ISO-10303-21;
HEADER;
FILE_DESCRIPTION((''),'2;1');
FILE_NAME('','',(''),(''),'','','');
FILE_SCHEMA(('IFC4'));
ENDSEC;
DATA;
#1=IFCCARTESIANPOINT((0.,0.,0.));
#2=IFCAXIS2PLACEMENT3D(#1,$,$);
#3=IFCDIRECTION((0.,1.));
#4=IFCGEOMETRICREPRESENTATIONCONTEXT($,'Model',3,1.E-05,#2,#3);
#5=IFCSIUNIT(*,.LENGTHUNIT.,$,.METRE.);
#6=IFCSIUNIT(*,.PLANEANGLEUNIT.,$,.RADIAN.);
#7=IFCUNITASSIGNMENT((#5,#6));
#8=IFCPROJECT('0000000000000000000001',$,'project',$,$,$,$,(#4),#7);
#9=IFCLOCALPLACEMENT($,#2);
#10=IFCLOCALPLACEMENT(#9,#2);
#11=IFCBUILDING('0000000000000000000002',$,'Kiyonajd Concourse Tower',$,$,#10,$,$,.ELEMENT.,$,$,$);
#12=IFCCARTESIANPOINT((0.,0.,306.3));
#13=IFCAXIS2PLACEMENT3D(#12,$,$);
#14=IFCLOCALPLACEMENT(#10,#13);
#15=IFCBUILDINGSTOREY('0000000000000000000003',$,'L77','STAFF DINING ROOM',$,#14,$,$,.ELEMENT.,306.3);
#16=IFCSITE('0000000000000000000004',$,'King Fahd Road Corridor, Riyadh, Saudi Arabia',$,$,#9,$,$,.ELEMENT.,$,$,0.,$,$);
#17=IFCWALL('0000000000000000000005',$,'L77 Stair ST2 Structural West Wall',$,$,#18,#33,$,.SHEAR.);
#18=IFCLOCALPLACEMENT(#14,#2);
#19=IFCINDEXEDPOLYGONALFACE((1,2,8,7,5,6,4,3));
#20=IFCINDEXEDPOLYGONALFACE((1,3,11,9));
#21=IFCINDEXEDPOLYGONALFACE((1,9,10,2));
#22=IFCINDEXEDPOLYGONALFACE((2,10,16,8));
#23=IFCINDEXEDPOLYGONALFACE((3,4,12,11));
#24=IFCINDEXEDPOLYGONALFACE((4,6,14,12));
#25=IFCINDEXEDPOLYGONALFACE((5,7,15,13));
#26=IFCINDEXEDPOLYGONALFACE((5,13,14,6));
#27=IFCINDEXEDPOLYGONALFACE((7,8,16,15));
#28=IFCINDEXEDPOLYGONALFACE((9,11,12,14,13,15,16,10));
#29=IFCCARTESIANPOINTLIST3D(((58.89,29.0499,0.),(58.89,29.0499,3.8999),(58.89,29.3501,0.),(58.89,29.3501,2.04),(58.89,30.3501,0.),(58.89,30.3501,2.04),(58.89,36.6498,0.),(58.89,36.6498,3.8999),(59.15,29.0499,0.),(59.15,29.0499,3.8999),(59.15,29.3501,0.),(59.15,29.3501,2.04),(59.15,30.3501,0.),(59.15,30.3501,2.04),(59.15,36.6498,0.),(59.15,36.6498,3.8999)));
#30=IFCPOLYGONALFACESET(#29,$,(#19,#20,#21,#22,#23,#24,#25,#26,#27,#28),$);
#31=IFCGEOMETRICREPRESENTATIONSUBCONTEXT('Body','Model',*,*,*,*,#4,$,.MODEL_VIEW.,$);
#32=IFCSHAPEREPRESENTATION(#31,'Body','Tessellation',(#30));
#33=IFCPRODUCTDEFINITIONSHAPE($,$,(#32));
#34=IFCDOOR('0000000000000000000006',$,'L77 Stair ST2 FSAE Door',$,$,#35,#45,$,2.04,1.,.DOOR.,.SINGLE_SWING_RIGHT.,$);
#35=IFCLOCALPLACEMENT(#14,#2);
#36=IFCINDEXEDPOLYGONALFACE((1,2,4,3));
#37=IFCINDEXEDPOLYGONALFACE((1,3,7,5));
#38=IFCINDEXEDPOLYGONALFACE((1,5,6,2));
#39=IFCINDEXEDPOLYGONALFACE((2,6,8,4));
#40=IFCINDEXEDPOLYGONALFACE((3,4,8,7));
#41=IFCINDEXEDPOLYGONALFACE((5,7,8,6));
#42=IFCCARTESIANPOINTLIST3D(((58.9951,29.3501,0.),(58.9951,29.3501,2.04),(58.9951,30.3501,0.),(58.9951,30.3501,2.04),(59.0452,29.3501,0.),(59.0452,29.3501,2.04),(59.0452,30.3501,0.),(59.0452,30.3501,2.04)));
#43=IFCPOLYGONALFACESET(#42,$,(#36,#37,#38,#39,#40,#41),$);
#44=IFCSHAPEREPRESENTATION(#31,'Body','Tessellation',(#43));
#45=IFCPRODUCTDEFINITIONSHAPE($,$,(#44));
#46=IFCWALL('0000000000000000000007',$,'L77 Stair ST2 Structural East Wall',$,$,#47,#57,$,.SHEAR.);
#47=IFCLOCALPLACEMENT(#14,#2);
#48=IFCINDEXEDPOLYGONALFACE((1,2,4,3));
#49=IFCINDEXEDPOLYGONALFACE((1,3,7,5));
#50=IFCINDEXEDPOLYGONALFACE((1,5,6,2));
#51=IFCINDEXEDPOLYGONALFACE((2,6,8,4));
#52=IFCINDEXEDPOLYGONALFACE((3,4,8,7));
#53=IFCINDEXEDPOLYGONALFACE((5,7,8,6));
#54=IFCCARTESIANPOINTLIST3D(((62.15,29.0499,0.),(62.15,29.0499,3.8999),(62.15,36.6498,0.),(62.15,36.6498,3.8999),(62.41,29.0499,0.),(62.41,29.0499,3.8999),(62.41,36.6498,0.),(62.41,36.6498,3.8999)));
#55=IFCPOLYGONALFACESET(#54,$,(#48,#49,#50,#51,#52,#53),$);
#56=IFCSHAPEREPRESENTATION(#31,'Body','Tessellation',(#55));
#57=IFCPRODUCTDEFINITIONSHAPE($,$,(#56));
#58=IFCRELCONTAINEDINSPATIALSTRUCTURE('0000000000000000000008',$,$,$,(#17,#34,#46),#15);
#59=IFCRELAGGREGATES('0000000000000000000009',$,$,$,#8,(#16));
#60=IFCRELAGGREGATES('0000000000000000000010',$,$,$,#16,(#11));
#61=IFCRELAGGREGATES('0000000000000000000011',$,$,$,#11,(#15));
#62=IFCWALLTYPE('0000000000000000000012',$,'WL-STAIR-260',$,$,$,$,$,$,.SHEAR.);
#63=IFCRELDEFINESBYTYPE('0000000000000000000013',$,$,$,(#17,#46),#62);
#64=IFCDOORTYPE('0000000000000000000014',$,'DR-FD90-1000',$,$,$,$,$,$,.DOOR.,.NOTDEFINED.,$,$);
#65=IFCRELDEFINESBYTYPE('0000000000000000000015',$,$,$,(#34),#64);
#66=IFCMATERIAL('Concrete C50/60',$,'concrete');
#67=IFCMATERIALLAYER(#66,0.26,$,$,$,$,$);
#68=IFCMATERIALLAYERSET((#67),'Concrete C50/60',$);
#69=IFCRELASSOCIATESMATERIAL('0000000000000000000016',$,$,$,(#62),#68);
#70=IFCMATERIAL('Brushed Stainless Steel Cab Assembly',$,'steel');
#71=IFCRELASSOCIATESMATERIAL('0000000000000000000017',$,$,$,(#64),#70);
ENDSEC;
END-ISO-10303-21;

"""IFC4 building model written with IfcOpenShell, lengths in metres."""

from ifc_helpers import new_model, si_unit, direction, frame, frame_2d, origin, place, context, subcontext, project, spatial, rectangle, extrude, material, layer, layer_set, type_object, element, fill, save


model = new_model("IFC4")

# Units and contexts
model_context = context("Model", 3, precision=1e-05, world=origin(), true_north=direction((0.0, 1.0)))
body_context = subcontext(model_context, "Body", "Model", "MODEL_VIEW")
ifc_project = project(units=[si_unit("LENGTHUNIT", "METRE"), si_unit("PLANEANGLEUNIT", "RADIAN")], contexts=[model_context])

# Site, building, storey
site_placement = place(None, origin())
site = spatial("IfcSite", under=ifc_project, at=site_placement, Name="King Fahd Road Corridor, Riyadh, Saudi Arabia", CompositionType="ELEMENT", RefElevation=0.0)
building_placement = place(site_placement, origin())
building = spatial("IfcBuilding", under=site, at=building_placement, Name="Kiyonajd Concourse Tower", CompositionType="ELEMENT")
storey_placement = place(building_placement, frame((0.0, 0.0, 306.3)))
storey = spatial("IfcBuildingStorey", under=building, at=storey_placement, Name="L77", Description="STAFF DINING ROOM", CompositionType="ELEMENT", Elevation=306.3)

# Shared definitions
ifc_material_1 = material(Name="Concrete C50/60", Category="concrete")
ifc_layer_1 = layer(ifc_material_1, 0.26)
ifc_layer_set_1 = layer_set([ifc_layer_1], Name="Concrete C50/60")
wall_type_1 = type_object("IfcWallType", Name="WL-STAIR-260", PredefinedType="SHEAR", material=ifc_layer_set_1)

# Wall, opening, door
wall_1_placement = place(storey_placement, frame((59.02, 29.05, 0.0), z_axis=(0.0, 0.0, 1.0), x_axis=(0.0, 1.0, 0.0)))
wall_1 = element("IfcWall", 1, at=wall_1_placement, inside=storey, type_object=wall_type_1, Name="L77 Stair ST2 Structural West Wall", PredefinedType="SHEAR", context=body_context, shape_type="SweptSolid", body=[
    extrude(rectangle(XDim=7.5999, YDim=0.26, at=frame_2d((3.7998, 0.0))), origin(), (0.0, 0.0, 1.0), 3.8999),
])
opening_1_placement = place(wall_1_placement, frame((0.3, 0.0, 0.0)))
opening_1 = element("IfcOpeningElement", 2, at=opening_1_placement, cuts=wall_1, PredefinedType="OPENING", context=body_context, shape_type="SweptSolid", body=[
    extrude(rectangle(XDim=1.0, YDim=2.04, at=frame_2d((0.5, 1.02))), frame((0.0, 0.1399, 0.0), z_axis=(0.0, -1.0, 0.0), x_axis=(1.0, 0.0, 0.0)), (0.0, 0.0, 1.0), 0.28),
])
ifc_material_2 = material(Name="Brushed Stainless Steel Cab Assembly", Category="steel")
door_type = type_object("IfcDoorType", Name="DR-FD90-1000", OperationType="NOTDEFINED", PredefinedType="DOOR", material=ifc_material_2)
door_placement = place(opening_1_placement, origin())
door = element("IfcDoor", 3, at=door_placement, inside=storey, type_object=door_type, Name="L77 Stair ST2 FSAE Door", OperationType="SINGLE_SWING_RIGHT", OverallHeight=2.04, OverallWidth=1.0, PredefinedType="DOOR", context=body_context, shape_type="SweptSolid", body=[
    extrude(rectangle(XDim=1.0, YDim=2.04, at=frame_2d((0.5, 1.02))), frame((0.0, 0.0249, 0.0), z_axis=(0.0, -1.0, 0.0), x_axis=(1.0, 0.0, 0.0)), (0.0, 0.0, 1.0), 0.05),
])
fill(opening_1, door)

# Wall
wall_2_placement = place(storey_placement, frame((62.28, 29.05, 0.0), z_axis=(0.0, 0.0, 1.0), x_axis=(0.0, 1.0, 0.0)))
element("IfcWall", 4, at=wall_2_placement, inside=storey, type_object=wall_type_1, Name="L77 Stair ST2 Structural East Wall", PredefinedType="SHEAR", context=body_context, shape_type="SweptSolid", body=[
    extrude(rectangle(XDim=7.5999, YDim=0.26, at=frame_2d((3.7998, 0.0))), origin(), (0.0, 0.0, 1.0), 3.8999),
])

save(model, "model.ifc")
